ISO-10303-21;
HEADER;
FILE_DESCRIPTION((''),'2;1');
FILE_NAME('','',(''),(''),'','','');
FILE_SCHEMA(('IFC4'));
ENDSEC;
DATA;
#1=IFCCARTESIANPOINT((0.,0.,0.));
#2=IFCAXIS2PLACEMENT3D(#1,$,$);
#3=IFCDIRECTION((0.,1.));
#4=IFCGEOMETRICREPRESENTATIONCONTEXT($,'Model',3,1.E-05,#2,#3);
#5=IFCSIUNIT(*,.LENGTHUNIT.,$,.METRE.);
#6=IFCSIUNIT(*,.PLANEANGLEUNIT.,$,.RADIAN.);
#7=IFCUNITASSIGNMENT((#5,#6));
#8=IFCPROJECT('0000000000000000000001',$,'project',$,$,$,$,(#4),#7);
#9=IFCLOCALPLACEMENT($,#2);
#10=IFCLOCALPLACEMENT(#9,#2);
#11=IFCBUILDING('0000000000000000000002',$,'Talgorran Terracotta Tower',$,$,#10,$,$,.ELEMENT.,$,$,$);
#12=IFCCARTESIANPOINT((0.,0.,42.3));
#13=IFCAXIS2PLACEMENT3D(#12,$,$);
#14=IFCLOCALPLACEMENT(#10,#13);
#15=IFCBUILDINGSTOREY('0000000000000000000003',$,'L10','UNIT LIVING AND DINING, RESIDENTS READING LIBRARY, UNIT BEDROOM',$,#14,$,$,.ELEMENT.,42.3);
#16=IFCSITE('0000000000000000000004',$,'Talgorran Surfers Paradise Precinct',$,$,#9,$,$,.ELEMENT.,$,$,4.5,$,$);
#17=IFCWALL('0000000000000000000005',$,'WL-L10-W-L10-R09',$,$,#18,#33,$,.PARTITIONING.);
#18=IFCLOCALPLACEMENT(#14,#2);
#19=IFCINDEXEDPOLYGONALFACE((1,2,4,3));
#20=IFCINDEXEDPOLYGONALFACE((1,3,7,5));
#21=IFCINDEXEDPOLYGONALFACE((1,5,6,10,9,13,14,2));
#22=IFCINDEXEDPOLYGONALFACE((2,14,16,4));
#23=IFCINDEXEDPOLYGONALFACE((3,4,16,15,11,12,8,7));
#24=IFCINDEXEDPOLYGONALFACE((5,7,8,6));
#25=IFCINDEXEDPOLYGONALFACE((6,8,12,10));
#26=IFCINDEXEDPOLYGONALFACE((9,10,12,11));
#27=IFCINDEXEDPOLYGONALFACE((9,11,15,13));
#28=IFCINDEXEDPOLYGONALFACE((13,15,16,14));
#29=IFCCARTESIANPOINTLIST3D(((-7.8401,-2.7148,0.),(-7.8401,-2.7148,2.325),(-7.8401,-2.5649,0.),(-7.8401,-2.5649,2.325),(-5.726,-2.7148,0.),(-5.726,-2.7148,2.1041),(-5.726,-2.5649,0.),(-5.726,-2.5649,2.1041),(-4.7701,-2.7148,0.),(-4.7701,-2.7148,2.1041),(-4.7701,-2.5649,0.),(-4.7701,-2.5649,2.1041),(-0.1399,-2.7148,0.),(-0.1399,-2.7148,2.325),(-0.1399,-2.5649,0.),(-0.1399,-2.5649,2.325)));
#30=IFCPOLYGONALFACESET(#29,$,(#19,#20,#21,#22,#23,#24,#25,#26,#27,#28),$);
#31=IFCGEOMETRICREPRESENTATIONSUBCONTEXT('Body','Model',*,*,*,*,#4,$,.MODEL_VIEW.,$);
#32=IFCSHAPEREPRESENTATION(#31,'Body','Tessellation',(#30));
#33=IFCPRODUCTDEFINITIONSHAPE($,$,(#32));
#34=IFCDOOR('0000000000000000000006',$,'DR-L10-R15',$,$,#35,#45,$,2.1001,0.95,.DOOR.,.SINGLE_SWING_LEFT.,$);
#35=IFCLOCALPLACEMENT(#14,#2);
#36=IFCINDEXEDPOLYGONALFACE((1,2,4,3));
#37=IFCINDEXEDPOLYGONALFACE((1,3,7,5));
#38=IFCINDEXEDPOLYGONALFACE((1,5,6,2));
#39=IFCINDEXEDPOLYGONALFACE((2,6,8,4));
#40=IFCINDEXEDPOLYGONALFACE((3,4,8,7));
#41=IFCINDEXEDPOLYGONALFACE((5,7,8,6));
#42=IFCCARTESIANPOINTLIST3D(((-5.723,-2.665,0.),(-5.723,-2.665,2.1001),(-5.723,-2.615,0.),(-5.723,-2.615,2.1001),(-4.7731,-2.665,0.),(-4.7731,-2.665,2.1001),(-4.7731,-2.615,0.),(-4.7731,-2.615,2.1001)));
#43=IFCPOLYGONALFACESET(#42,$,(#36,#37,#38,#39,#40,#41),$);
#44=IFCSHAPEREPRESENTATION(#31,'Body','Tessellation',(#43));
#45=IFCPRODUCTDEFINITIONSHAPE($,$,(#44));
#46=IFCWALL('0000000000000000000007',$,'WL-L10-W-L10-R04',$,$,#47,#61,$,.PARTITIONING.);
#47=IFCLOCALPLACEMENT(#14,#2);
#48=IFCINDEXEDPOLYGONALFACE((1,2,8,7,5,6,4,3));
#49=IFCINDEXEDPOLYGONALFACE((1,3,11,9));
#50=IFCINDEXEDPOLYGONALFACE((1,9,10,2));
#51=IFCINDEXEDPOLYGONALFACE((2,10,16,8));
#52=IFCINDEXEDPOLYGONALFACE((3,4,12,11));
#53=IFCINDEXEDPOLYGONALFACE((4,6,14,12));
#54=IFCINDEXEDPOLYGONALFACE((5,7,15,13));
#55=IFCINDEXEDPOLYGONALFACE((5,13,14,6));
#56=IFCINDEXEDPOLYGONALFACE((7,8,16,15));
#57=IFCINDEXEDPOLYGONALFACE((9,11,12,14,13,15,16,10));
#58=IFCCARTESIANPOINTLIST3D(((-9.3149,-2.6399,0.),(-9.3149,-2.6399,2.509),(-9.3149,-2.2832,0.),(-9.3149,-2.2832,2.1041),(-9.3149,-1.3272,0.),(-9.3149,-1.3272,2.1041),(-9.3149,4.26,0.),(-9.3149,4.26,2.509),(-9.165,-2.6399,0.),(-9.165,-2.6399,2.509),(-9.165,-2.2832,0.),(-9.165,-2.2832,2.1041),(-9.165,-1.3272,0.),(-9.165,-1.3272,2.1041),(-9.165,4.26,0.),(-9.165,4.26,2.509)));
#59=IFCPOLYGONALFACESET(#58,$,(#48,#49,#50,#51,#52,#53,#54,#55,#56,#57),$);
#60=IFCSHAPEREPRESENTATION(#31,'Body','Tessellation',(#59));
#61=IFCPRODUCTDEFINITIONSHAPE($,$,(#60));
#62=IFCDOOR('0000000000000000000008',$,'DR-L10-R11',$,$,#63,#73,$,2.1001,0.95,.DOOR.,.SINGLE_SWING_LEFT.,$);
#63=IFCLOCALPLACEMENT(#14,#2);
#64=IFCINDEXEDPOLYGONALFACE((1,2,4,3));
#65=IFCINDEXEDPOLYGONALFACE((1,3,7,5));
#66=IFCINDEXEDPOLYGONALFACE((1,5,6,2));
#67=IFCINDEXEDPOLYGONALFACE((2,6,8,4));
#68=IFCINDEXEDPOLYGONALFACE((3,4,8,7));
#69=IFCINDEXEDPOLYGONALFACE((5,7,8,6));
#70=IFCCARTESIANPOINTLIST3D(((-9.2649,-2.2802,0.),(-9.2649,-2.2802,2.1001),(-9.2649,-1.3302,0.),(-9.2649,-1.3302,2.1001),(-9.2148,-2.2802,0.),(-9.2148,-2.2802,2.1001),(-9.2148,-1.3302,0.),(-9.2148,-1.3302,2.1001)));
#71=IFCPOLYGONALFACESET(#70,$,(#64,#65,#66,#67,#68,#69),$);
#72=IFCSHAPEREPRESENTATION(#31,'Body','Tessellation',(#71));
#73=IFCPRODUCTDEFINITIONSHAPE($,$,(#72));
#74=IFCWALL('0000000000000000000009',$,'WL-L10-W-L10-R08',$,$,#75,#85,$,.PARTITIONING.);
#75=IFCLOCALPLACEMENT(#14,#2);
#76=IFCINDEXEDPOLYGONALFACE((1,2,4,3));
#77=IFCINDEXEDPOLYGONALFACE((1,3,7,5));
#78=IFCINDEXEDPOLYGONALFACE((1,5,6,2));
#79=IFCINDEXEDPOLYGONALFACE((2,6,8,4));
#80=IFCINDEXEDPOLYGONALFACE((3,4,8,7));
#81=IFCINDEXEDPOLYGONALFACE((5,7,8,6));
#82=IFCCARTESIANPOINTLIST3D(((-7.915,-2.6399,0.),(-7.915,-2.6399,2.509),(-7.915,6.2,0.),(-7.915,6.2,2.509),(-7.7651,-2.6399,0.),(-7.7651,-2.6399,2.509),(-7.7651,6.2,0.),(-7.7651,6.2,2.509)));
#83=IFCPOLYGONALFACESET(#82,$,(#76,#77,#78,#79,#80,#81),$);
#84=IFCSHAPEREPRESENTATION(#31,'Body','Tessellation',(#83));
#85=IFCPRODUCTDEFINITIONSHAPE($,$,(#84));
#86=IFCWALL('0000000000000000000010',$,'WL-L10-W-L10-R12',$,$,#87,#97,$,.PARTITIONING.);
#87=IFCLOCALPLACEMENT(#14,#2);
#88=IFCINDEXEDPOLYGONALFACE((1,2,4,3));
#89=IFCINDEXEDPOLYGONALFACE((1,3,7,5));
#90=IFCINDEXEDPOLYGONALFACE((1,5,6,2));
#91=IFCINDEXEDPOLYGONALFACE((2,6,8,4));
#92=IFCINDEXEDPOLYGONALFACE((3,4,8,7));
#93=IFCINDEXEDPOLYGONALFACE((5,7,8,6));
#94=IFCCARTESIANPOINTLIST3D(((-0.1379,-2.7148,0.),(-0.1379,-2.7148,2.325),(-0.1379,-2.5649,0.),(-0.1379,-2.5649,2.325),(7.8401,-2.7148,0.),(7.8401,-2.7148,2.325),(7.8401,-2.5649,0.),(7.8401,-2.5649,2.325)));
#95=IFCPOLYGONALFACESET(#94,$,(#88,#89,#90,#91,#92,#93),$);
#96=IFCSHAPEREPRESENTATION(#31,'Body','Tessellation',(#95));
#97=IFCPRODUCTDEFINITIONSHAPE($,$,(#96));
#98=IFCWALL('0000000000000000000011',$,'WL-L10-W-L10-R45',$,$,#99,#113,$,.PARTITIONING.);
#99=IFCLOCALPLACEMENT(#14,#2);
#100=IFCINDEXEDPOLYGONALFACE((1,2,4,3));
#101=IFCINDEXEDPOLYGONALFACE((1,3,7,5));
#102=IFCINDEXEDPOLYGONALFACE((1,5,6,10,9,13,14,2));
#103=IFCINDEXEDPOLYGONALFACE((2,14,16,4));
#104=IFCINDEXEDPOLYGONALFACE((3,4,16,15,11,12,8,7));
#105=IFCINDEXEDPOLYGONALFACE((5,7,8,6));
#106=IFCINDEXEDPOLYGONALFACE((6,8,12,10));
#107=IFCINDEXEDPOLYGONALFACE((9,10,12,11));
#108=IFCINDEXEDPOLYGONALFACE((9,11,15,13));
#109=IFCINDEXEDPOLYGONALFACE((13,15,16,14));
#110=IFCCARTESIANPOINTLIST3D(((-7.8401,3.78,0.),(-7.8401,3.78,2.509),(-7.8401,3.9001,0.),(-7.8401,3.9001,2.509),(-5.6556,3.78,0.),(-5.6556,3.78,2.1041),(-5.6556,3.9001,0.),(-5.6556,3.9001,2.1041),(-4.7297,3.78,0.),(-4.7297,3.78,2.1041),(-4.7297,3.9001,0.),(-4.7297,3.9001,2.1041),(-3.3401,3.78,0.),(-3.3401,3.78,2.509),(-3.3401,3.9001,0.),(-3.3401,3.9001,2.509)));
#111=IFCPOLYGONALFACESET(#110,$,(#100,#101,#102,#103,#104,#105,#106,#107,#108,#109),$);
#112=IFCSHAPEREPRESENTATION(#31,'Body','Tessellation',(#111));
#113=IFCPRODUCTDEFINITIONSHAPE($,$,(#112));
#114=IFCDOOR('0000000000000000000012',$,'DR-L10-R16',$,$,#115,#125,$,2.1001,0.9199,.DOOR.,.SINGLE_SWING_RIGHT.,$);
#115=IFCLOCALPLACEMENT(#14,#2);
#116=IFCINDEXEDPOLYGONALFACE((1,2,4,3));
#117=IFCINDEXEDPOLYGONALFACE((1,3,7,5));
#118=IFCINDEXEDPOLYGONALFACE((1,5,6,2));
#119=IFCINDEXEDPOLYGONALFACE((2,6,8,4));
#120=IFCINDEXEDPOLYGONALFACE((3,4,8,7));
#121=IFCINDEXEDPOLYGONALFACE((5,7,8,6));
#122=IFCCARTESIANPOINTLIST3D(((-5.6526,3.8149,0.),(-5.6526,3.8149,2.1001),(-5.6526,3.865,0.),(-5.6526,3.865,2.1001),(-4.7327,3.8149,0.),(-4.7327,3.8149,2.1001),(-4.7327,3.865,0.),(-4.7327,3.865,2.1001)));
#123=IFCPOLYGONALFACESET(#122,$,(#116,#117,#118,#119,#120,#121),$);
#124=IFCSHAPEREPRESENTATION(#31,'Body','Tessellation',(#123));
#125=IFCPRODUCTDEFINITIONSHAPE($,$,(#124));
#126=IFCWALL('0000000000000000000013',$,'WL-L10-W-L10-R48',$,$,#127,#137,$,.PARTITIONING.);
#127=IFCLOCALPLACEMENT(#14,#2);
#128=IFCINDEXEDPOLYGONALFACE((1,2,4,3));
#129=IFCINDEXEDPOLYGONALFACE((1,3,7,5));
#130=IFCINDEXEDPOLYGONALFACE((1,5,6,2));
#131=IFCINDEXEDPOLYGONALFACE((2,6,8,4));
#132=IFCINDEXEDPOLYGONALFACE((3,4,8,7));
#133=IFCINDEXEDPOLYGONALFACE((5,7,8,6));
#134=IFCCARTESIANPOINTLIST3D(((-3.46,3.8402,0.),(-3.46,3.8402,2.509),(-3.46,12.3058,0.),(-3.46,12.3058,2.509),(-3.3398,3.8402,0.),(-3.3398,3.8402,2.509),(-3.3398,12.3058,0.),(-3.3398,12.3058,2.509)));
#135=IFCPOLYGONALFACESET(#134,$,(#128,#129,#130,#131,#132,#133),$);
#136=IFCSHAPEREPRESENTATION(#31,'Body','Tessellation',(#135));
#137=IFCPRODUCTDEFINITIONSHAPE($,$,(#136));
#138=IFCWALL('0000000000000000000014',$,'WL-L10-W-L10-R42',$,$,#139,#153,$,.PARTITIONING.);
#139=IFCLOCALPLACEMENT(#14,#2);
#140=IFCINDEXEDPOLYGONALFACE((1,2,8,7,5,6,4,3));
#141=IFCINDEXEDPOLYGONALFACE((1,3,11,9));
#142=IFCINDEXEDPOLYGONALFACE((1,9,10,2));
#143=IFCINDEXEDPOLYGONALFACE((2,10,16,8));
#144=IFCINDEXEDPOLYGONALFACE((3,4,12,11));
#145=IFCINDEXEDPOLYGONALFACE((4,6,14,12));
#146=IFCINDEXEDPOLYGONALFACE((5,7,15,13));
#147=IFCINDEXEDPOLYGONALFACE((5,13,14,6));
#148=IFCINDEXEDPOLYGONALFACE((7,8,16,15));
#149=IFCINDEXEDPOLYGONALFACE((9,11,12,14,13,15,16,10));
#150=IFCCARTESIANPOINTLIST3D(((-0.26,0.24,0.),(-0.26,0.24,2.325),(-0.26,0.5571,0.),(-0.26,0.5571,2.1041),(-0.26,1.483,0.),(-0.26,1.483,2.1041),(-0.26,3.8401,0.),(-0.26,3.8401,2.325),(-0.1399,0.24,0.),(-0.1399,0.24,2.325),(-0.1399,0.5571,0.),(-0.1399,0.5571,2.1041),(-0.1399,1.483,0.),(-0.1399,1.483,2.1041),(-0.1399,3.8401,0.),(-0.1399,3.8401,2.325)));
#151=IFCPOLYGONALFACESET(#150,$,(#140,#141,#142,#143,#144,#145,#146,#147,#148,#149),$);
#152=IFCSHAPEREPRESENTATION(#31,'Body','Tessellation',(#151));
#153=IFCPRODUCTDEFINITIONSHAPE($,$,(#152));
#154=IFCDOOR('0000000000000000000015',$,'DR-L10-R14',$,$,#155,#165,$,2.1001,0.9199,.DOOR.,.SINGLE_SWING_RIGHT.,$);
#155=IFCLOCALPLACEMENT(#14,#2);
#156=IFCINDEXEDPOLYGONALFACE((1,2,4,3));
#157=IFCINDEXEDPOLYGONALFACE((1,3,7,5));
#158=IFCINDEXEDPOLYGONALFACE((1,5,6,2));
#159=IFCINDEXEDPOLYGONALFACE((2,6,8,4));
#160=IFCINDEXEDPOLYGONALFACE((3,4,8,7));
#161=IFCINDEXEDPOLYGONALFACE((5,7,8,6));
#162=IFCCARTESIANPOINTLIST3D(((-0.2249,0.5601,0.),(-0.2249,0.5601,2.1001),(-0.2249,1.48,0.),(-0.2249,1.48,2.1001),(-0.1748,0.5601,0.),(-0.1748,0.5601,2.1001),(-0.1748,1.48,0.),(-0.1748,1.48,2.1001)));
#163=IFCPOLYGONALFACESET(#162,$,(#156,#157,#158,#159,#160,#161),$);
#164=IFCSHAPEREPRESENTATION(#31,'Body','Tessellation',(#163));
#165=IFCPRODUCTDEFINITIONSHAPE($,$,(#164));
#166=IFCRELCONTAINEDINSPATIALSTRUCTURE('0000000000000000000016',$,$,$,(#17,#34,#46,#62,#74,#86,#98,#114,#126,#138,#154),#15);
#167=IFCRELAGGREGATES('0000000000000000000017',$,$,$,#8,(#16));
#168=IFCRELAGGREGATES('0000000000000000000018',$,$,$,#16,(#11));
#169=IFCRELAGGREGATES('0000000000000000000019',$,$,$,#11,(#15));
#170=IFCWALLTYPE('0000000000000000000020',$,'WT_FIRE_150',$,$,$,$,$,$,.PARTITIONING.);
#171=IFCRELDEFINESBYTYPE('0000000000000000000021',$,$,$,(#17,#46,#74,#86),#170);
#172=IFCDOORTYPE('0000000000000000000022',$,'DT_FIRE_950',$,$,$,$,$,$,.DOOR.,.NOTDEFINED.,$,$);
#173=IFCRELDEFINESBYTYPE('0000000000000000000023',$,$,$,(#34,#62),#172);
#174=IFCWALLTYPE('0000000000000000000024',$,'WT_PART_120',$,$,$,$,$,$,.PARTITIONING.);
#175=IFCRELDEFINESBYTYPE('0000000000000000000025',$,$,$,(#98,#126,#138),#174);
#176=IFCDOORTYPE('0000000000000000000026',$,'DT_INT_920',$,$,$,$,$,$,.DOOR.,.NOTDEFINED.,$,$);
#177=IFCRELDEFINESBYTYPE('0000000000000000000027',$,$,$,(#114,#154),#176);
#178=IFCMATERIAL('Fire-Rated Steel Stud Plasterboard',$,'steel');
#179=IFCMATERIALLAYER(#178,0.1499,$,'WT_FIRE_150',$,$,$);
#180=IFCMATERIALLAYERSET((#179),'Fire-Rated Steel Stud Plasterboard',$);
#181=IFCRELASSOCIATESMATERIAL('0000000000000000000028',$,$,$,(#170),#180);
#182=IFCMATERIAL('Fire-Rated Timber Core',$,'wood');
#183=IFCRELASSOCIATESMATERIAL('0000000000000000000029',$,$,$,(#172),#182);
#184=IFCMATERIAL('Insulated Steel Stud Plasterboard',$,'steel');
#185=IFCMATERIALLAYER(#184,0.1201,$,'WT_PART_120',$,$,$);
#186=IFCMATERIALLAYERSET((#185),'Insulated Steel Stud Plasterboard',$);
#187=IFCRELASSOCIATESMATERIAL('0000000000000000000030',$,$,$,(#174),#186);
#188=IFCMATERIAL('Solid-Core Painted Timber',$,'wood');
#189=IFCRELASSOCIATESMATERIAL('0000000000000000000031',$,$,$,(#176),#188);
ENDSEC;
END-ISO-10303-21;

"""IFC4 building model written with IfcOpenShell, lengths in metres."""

from ifc_helpers import new_model, si_unit, direction, frame, frame_2d, origin, place, context, subcontext, project, spatial, rectangle, extrude, material, layer, layer_set, type_object, element, fill, save


model = new_model("IFC4")

# Units and contexts
model_context = context("Model", 3, precision=1e-05, world=origin(), true_north=direction((0.0, 1.0)))
body_context = subcontext(model_context, "Body", "Model", "MODEL_VIEW")
ifc_project = project(units=[si_unit("LENGTHUNIT", "METRE"), si_unit("PLANEANGLEUNIT", "RADIAN")], contexts=[model_context])

# Site, building, storey
site_placement = place(None, origin())
site = spatial("IfcSite", under=ifc_project, at=site_placement, Name="Talgorran Surfers Paradise Precinct", CompositionType="ELEMENT", RefElevation=4.5)
building_placement = place(site_placement, origin())
building = spatial("IfcBuilding", under=site, at=building_placement, Name="Talgorran Terracotta Tower", CompositionType="ELEMENT")
storey_placement = place(building_placement, frame((0.0, 0.0, 42.3)))
storey = spatial("IfcBuildingStorey", under=building, at=storey_placement, Name="L10", Description="UNIT LIVING AND DINING, RESIDENTS READING LIBRARY, UNIT BEDROOM", CompositionType="ELEMENT", Elevation=42.3)

# Walls, openings, doors
ifc_material_1 = material(Name="Fire-Rated Steel Stud Plasterboard", Category="steel")
ifc_layer_1 = layer(ifc_material_1, 0.1499, Name="WT_FIRE_150")
ifc_layer_set_1 = layer_set([ifc_layer_1], Name="Fire-Rated Steel Stud Plasterboard")
wall_type_1 = type_object("IfcWallType", Name="WT_FIRE_150", PredefinedType="PARTITIONING", material=ifc_layer_set_1)
wall_1_placement = place(storey_placement, frame((-7.8401, -2.6399, 0.0), z_axis=(0.0, 0.0, 1.0), x_axis=(1.0, 0.0, 0.0)))
wall_1 = element("IfcWall", 1, at=wall_1_placement, inside=storey, type_object=wall_type_1, Name="WL-L10-W-L10-R09", PredefinedType="PARTITIONING", context=body_context, shape_type="SweptSolid", body=[
    extrude(rectangle(XDim=7.7002, YDim=0.1499, at=frame_2d((3.8501, 0.0))), origin(), (0.0, 0.0, 1.0), 2.325),
])
opening_1_placement = place(wall_1_placement, frame((2.1169, 0.0, 0.0)))
opening_1 = element("IfcOpeningElement", 2, at=opening_1_placement, cuts=wall_1, PredefinedType="OPENING", context=body_context, shape_type="SweptSolid", body=[
    extrude(rectangle(XDim=0.956, YDim=2.1041, at=frame_2d((0.4751, 1.052))), frame((0.0, 0.085, 0.0), z_axis=(0.0, -1.0, 0.0), x_axis=(1.0, 0.0, 0.0)), (0.0, 0.0, 1.0), 0.1699),
])
ifc_material_2 = material(Name="Fire-Rated Timber Core", Category="wood")
door_type_1 = type_object("IfcDoorType", Name="DT_FIRE_950", OperationType="NOTDEFINED", PredefinedType="DOOR", material=ifc_material_2)
door_1_placement = place(opening_1_placement, origin())
door_1 = element("IfcDoor", 3, at=door_1_placement, inside=storey, type_object=door_type_1, Name="DR-L10-R15", OperationType="SINGLE_SWING_LEFT", OverallHeight=2.1001, OverallWidth=0.95, PredefinedType="DOOR", context=body_context, shape_type="SweptSolid", body=[
    extrude(rectangle(XDim=0.95, YDim=2.1001, at=frame_2d((0.4751, 1.05))), frame((0.0, 0.0249, 0.0), z_axis=(0.0, -1.0, 0.0), x_axis=(1.0, 0.0, 0.0)), (0.0, 0.0, 1.0), 0.05),
])
fill(opening_1, door_1)
wall_2_placement = place(storey_placement, frame((-9.24, -2.6399, 0.0), z_axis=(0.0, 0.0, 1.0), x_axis=(0.0, 1.0, 0.0)))
wall_2 = element("IfcWall", 4, at=wall_2_placement, inside=storey, type_object=wall_type_1, Name="WL-L10-W-L10-R04", PredefinedType="PARTITIONING", context=body_context, shape_type="SweptSolid", body=[
    extrude(rectangle(XDim=6.8999, YDim=0.1499, at=frame_2d((3.45, 0.0))), origin(), (0.0, 0.0, 1.0), 2.509),
])
opening_2_placement = place(wall_2_placement, frame((0.3596, 0.0, 0.0)))
opening_2 = element("IfcOpeningElement", 5, at=opening_2_placement, cuts=wall_2, PredefinedType="OPENING", context=body_context, shape_type="SweptSolid", body=[
    extrude(rectangle(XDim=0.956, YDim=2.1041, at=frame_2d((0.4751, 1.052))), frame((0.0, 0.085, 0.0), z_axis=(0.0, -1.0, 0.0), x_axis=(1.0, 0.0, 0.0)), (0.0, 0.0, 1.0), 0.1699),
])
door_2_placement = place(opening_2_placement, origin())
door_2 = element("IfcDoor", 6, at=door_2_placement, inside=storey, type_object=door_type_1, Name="DR-L10-R11", OperationType="SINGLE_SWING_LEFT", OverallHeight=2.1001, OverallWidth=0.95, PredefinedType="DOOR", context=body_context, shape_type="SweptSolid", body=[
    extrude(rectangle(XDim=0.95, YDim=2.1001, at=frame_2d((0.4751, 1.05))), frame((0.0, 0.0249, 0.0), z_axis=(0.0, -1.0, 0.0), x_axis=(1.0, 0.0, 0.0)), (0.0, 0.0, 1.0), 0.05),
])
fill(opening_2, door_2)

# Walls
wall_3_placement = place(storey_placement, frame((-7.8401, -2.6399, 0.0), z_axis=(0.0, 0.0, 1.0), x_axis=(0.0, 1.0, 0.0)))
element("IfcWall", 7, at=wall_3_placement, inside=storey, type_object=wall_type_1, Name="WL-L10-W-L10-R08", PredefinedType="PARTITIONING", context=body_context, shape_type="SweptSolid", body=[
    extrude(rectangle(XDim=8.8398, YDim=0.1499, at=frame_2d((4.4199, 0.0))), origin(), (0.0, 0.0, 1.0), 2.509),
])
wall_4_placement = place(storey_placement, frame((-0.1379, -2.6399, 0.0), z_axis=(0.0, 0.0, 1.0), x_axis=(1.0, 0.0, 0.0)))
element("IfcWall", 8, at=wall_4_placement, inside=storey, type_object=wall_type_1, Name="WL-L10-W-L10-R12", PredefinedType="PARTITIONING", context=body_context, shape_type="SweptSolid", body=[
    extrude(rectangle(XDim=7.978, YDim=0.1499, at=frame_2d((3.989, 0.0))), origin(), (0.0, 0.0, 1.0), 2.325),
])

# Wall, opening, door
ifc_material_3 = material(Name="Insulated Steel Stud Plasterboard", Category="steel")
ifc_layer_2 = layer(ifc_material_3, 0.1201, Name="WT_PART_120")
ifc_layer_set_2 = layer_set([ifc_layer_2], Name="Insulated Steel Stud Plasterboard")
wall_type_2 = type_object("IfcWallType", Name="WT_PART_120", PredefinedType="PARTITIONING", material=ifc_layer_set_2)
wall_5_placement = place(storey_placement, frame((-7.8401, 3.8401, 0.0), z_axis=(0.0, 0.0, 1.0), x_axis=(1.0, 0.0, 0.0)))
wall_5 = element("IfcWall", 9, at=wall_5_placement, inside=storey, type_object=wall_type_2, Name="WL-L10-W-L10-R45", PredefinedType="PARTITIONING", context=body_context, shape_type="SweptSolid", body=[
    extrude(rectangle(XDim=4.5, YDim=0.1201, at=frame_2d((2.25, 0.0))), origin(), (0.0, 0.0, 1.0), 2.509),
])
opening_3_placement = place(wall_5_placement, frame((2.1875, 0.0, 0.0)))
opening_3 = element("IfcOpeningElement", 10, at=opening_3_placement, cuts=wall_5, PredefinedType="OPENING", context=body_context, shape_type="SweptSolid", body=[
    extrude(rectangle(XDim=0.9259, YDim=2.1041, at=frame_2d((0.46, 1.052))), frame((0.0, 0.0701, 0.0), z_axis=(0.0, -1.0, 0.0), x_axis=(1.0, 0.0, 0.0)), (0.0, 0.0, 1.0), 0.1401),
])
ifc_material_4 = material(Name="Solid-Core Painted Timber", Category="wood")
door_type_2 = type_object("IfcDoorType", Name="DT_INT_920", OperationType="NOTDEFINED", PredefinedType="DOOR", material=ifc_material_4)
door_3_placement = place(opening_3_placement, origin())
door_3 = element("IfcDoor", 11, at=door_3_placement, inside=storey, type_object=door_type_2, Name="DR-L10-R16", OperationType="SINGLE_SWING_RIGHT", OverallHeight=2.1001, OverallWidth=0.9199, PredefinedType="DOOR", context=body_context, shape_type="SweptSolid", body=[
    extrude(rectangle(XDim=0.9199, YDim=2.1001, at=frame_2d((0.46, 1.05))), frame((0.0, 0.0249, 0.0), z_axis=(0.0, -1.0, 0.0), x_axis=(1.0, 0.0, 0.0)), (0.0, 0.0, 1.0), 0.05),
])
fill(opening_3, door_3)

# Wall
wall_6_placement = place(storey_placement, frame((-3.3999, 3.8401, 0.0), z_axis=(0.0, 0.0, 1.0), x_axis=(0.0, 1.0, 0.0)))
element("IfcWall", 12, at=wall_6_placement, inside=storey, type_object=wall_type_2, Name="WL-L10-W-L10-R48", PredefinedType="PARTITIONING", context=body_context, shape_type="SweptSolid", body=[
    extrude(rectangle(XDim=8.4656, YDim=0.1201, at=frame_2d((4.2329, 0.0))), origin(), (0.0, 0.0, 1.0), 2.509),
])

# Wall, opening, door
wall_7_placement = place(storey_placement, frame((-0.2, 0.24, 0.0), z_axis=(0.0, 0.0, 1.0), x_axis=(0.0, 1.0, 0.0)))
wall_7 = element("IfcWall", 13, at=wall_7_placement, inside=storey, type_object=wall_type_2, Name="WL-L10-W-L10-R42", PredefinedType="PARTITIONING", context=body_context, shape_type="SweptSolid", body=[
    extrude(rectangle(XDim=3.6001, YDim=0.1201, at=frame_2d((1.8, 0.0))), origin(), (0.0, 0.0, 1.0), 2.325),
])
opening_4_placement = place(wall_7_placement, frame((0.3201, 0.0, 0.0)))
opening_4 = element("IfcOpeningElement", 14, at=opening_4_placement, cuts=wall_7, PredefinedType="OPENING", context=body_context, shape_type="SweptSolid", body=[
    extrude(rectangle(XDim=0.9259, YDim=2.1041, at=frame_2d((0.46, 1.052))), frame((0.0, 0.0701, 0.0), z_axis=(0.0, -1.0, 0.0), x_axis=(1.0, 0.0, 0.0)), (0.0, 0.0, 1.0), 0.1401),
])
door_4_placement = place(opening_4_placement, origin())
door_4 = element("IfcDoor", 15, at=door_4_placement, inside=storey, type_object=door_type_2, Name="DR-L10-R14", OperationType="SINGLE_SWING_RIGHT", OverallHeight=2.1001, OverallWidth=0.9199, PredefinedType="DOOR", context=body_context, shape_type="SweptSolid", body=[
    extrude(rectangle(XDim=0.9199, YDim=2.1001, at=frame_2d((0.46, 1.05))), frame((0.0, 0.0249, 0.0), z_axis=(0.0, -1.0, 0.0), x_axis=(1.0, 0.0, 0.0)), (0.0, 0.0, 1.0), 0.05),
])
fill(opening_4, door_4)

save(model, "model.ifc")
